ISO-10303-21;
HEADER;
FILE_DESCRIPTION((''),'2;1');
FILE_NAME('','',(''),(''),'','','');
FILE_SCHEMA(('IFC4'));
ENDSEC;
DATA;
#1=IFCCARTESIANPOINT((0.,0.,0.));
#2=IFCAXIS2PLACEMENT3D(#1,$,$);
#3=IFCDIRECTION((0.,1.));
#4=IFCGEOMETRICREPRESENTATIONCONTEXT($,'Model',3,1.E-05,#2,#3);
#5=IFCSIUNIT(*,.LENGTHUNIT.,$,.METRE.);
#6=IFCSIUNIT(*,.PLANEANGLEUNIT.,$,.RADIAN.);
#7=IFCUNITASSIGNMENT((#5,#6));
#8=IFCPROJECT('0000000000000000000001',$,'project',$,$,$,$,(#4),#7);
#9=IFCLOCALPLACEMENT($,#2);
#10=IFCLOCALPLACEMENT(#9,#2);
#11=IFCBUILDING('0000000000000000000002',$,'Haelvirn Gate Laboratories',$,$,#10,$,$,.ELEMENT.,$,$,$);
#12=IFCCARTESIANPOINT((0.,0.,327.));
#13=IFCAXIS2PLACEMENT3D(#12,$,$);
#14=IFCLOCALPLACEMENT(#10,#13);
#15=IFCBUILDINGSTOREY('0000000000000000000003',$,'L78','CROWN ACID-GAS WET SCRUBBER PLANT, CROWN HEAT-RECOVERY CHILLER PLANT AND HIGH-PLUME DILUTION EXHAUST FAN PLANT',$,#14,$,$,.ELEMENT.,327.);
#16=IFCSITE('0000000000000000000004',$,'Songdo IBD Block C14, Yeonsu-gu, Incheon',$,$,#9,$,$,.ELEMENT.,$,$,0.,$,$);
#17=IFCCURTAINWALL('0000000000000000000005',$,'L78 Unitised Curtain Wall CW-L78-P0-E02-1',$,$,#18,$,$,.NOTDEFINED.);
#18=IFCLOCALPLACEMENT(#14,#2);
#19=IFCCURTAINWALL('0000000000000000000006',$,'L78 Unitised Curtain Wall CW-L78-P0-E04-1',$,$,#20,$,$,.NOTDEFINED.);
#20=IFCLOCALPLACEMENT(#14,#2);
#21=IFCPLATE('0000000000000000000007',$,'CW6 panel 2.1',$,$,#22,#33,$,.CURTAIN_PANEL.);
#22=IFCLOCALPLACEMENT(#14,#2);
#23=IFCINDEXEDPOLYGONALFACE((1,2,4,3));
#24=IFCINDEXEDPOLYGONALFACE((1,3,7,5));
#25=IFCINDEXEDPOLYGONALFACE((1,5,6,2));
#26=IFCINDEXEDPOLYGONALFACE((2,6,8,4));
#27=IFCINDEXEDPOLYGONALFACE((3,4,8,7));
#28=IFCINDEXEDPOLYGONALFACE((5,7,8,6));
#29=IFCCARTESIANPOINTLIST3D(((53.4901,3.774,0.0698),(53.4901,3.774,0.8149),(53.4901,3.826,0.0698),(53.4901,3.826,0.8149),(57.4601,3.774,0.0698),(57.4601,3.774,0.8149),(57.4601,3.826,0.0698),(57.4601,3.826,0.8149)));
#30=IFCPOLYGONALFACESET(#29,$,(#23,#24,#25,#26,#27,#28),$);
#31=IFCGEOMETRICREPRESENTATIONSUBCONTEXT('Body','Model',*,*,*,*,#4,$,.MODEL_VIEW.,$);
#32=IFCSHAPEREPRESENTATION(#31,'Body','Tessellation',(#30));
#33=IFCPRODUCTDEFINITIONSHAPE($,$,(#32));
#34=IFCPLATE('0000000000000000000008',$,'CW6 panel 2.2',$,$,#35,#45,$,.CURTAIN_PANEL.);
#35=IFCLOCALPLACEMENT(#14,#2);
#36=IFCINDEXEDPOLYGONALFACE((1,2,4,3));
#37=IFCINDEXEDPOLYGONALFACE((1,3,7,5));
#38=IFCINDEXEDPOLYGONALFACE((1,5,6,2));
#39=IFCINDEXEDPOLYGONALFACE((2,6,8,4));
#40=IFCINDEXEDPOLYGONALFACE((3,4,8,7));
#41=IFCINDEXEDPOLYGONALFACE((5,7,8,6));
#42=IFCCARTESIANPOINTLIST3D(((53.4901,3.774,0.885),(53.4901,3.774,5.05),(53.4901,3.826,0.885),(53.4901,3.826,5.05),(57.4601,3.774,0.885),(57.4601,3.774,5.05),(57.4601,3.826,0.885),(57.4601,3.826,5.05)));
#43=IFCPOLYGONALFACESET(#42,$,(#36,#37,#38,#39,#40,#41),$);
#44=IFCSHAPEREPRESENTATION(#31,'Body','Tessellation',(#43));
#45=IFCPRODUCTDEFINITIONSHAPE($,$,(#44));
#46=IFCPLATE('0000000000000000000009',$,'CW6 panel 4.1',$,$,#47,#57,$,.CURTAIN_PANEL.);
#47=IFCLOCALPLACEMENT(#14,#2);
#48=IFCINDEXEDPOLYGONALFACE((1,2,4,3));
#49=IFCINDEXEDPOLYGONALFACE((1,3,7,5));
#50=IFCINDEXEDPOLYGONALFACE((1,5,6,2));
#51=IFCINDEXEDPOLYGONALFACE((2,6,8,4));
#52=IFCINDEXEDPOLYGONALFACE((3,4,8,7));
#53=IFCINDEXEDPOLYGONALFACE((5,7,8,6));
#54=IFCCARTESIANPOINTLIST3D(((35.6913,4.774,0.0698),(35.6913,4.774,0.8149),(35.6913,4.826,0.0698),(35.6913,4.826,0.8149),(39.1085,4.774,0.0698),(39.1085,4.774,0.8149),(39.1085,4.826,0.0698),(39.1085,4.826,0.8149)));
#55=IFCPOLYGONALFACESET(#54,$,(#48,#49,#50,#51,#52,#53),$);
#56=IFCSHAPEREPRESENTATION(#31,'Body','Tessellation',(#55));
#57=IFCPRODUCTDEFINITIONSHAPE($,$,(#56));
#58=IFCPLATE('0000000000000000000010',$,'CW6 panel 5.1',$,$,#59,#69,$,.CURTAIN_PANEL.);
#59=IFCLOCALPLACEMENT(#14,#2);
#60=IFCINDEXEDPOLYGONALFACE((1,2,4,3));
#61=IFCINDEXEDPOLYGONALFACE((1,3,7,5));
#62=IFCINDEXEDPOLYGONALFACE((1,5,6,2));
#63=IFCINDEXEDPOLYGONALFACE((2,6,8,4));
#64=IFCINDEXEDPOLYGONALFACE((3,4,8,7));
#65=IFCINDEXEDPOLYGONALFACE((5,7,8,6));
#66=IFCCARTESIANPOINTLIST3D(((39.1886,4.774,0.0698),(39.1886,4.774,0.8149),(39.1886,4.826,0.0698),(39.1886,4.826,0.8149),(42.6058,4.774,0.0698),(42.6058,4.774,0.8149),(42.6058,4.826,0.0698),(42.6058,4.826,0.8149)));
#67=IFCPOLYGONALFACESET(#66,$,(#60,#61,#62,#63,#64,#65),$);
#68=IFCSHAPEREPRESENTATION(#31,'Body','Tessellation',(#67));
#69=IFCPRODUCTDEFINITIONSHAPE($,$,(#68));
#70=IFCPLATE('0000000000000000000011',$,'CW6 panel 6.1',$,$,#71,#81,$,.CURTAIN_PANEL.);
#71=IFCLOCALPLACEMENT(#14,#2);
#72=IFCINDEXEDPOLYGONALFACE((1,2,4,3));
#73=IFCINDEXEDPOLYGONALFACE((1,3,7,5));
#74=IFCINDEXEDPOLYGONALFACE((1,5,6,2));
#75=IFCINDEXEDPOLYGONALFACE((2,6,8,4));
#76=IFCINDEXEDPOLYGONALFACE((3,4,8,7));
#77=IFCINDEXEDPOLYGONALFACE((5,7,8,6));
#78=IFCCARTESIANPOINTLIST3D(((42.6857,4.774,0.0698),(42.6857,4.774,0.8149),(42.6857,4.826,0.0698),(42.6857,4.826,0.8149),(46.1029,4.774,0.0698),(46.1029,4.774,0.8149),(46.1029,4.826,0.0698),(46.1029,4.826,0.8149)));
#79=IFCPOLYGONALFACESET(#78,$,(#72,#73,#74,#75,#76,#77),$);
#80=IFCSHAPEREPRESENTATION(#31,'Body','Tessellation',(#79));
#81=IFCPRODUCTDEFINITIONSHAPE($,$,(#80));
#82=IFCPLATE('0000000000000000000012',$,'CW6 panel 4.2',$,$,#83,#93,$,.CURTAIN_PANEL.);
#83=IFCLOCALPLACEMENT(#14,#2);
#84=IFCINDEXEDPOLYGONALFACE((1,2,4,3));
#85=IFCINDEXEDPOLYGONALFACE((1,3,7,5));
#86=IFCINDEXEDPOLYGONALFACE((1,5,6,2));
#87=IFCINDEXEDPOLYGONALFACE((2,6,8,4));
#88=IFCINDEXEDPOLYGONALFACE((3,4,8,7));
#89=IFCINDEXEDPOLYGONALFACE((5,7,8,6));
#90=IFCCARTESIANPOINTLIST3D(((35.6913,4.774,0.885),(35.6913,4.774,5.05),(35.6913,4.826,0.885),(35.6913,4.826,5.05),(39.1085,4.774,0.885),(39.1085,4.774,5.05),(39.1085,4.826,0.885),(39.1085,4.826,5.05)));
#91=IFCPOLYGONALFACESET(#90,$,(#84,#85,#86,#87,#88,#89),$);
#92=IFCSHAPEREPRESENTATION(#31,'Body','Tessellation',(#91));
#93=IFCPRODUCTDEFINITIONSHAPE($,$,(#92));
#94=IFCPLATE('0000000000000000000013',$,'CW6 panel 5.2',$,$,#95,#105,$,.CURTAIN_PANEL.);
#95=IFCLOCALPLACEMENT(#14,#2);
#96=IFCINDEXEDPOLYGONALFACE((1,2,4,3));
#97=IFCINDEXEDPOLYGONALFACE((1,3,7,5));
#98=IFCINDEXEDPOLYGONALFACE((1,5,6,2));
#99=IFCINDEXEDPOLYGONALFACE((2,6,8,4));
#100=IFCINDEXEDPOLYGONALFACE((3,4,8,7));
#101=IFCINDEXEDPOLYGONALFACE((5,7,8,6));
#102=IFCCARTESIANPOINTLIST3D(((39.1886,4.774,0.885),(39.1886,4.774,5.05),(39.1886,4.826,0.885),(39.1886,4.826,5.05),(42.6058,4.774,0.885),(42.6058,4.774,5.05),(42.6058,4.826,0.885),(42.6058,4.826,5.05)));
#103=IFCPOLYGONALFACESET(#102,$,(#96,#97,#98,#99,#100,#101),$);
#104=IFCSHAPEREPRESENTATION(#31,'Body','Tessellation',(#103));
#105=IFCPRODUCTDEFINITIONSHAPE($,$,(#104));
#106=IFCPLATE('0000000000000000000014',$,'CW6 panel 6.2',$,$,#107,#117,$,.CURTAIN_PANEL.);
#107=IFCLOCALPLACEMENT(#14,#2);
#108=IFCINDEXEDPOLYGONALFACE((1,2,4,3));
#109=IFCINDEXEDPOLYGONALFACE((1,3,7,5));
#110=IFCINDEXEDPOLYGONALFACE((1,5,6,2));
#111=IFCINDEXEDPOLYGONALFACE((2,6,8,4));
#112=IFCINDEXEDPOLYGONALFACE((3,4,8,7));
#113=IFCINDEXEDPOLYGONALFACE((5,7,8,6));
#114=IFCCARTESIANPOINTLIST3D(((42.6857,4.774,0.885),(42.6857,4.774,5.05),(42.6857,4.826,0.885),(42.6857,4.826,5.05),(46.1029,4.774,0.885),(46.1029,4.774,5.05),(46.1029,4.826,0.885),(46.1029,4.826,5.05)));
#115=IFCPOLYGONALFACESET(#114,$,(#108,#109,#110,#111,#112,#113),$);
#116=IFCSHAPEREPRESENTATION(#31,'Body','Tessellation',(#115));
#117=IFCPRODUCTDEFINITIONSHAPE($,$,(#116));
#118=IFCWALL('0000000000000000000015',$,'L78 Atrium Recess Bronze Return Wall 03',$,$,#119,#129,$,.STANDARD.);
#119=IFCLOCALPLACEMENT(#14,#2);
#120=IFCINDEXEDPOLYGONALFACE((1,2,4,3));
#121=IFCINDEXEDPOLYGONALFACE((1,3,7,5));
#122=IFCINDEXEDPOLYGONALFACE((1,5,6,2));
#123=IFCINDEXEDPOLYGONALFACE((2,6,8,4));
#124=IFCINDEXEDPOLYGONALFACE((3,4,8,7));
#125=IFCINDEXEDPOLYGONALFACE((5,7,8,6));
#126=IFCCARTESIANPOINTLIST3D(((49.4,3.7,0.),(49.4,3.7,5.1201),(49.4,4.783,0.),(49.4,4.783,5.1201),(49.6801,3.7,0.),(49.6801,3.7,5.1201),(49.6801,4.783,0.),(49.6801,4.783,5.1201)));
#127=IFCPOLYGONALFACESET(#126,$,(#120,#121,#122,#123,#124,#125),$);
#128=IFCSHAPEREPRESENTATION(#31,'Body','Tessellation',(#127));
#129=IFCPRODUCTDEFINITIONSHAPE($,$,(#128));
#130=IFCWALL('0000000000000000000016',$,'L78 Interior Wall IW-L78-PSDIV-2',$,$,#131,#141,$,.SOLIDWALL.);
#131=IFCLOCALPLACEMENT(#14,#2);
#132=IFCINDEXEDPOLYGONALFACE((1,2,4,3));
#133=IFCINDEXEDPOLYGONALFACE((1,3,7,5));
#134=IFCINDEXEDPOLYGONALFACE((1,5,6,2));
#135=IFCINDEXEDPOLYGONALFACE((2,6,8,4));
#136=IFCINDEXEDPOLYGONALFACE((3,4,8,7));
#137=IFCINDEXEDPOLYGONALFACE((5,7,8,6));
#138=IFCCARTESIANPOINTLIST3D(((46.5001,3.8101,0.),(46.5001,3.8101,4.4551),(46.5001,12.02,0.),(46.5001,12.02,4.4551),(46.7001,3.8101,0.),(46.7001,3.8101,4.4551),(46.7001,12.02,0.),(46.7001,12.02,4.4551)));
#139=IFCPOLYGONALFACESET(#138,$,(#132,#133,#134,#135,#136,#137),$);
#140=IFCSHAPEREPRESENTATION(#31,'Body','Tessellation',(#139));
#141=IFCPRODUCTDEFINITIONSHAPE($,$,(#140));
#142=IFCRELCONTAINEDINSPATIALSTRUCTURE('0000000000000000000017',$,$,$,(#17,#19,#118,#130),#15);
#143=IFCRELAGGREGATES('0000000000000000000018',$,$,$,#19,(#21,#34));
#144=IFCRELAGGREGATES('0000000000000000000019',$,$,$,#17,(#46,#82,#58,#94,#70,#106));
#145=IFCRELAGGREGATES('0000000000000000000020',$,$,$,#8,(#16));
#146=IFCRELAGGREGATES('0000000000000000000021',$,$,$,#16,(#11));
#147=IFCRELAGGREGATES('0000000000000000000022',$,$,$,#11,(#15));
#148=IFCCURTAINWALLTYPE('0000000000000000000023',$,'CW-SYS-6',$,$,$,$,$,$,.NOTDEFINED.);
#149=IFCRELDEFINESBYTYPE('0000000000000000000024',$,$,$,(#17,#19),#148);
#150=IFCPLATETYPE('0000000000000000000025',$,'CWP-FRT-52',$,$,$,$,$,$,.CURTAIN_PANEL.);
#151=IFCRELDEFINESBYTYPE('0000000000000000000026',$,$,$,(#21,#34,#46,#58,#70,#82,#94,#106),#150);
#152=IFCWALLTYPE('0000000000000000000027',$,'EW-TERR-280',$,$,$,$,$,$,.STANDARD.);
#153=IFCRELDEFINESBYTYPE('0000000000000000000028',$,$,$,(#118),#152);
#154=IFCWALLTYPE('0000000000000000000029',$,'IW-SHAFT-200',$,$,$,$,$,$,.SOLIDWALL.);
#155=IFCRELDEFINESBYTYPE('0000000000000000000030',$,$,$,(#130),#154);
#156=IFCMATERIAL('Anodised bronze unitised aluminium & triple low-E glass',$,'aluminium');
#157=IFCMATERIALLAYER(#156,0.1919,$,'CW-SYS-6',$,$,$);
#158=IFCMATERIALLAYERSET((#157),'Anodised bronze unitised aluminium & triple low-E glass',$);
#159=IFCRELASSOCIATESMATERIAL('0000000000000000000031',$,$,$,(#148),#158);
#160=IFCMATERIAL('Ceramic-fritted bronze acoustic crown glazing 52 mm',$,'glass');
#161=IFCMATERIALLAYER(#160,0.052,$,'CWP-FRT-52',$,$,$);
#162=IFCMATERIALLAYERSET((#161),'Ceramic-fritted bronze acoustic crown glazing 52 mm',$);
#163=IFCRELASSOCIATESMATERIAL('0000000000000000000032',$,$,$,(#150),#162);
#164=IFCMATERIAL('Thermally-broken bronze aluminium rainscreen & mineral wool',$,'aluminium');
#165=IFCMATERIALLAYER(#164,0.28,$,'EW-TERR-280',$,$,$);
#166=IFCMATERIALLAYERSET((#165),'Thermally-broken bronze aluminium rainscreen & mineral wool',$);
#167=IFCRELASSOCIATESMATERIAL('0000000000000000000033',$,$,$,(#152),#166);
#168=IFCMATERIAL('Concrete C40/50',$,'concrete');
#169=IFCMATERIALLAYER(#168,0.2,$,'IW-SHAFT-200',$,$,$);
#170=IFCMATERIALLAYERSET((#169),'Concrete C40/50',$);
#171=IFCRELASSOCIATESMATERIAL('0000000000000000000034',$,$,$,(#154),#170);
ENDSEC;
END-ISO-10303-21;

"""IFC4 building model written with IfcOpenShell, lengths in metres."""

from ifc_helpers import new_model, si_unit, direction, frame, frame_2d, origin, origin_2d, place, context, subcontext, project, spatial, rectangle, extrude, source, transform, mapped, material, layer, layer_set, type_object, element, aggregate, save


model = new_model("IFC4")

# Units and contexts
model_context = context("Model", 3, precision=1e-05, world=origin(), true_north=direction((0.0, 1.0)))
body_context = subcontext(model_context, "Body", "Model", "MODEL_VIEW")
ifc_project = project(units=[si_unit("LENGTHUNIT", "METRE"), si_unit("PLANEANGLEUNIT", "RADIAN")], contexts=[model_context])

# Site, building, storey
site_placement = place(None, origin())
site = spatial("IfcSite", under=ifc_project, at=site_placement, Name="Songdo IBD Block C14, Yeonsu-gu, Incheon", CompositionType="ELEMENT", RefElevation=0.0)
building_placement = place(site_placement, origin())
building = spatial("IfcBuilding", under=site, at=building_placement, Name="Haelvirn Gate Laboratories", CompositionType="ELEMENT")
storey_placement = place(building_placement, frame((0.0, 0.0, 327.0)))
storey = spatial("IfcBuildingStorey", under=building, at=storey_placement, Name="L78", Description="CROWN ACID-GAS WET SCRUBBER PLANT, CROWN HEAT-RECOVERY CHILLER PLANT AND HIGH-PLUME DILUTION EXHAUST FAN PLANT", CompositionType="ELEMENT", Elevation=327.0)

# Curtain walls
ifc_material_1 = material(Name="Anodised bronze unitised aluminium & triple low-E glass", Category="aluminium")
ifc_layer_1 = layer(ifc_material_1, 0.1919, Name="CW-SYS-6")
ifc_layer_set_1 = layer_set([ifc_layer_1], Name="Anodised bronze unitised aluminium & triple low-E glass")
curtain_wall_type = type_object("IfcCurtainWallType", Name="CW-SYS-6", PredefinedType="NOTDEFINED", material=ifc_layer_set_1)
curtain_wall_1_placement = place(storey_placement, origin())
curtain_wall_1 = element("IfcCurtainWall", 1, at=curtain_wall_1_placement, inside=storey, type_object=curtain_wall_type, Name="L78 Unitised Curtain Wall CW-L78-P0-E02-1", PredefinedType="NOTDEFINED")
curtain_wall_2_placement = place(storey_placement, origin())
curtain_wall_2 = element("IfcCurtainWall", 2, at=curtain_wall_2_placement, inside=storey, type_object=curtain_wall_type, Name="L78 Unitised Curtain Wall CW-L78-P0-E04-1", PredefinedType="NOTDEFINED")

# Plates
ifc_material_2 = material(Name="Ceramic-fritted bronze acoustic crown glazing 52 mm", Category="glass")
ifc_layer_2 = layer(ifc_material_2, 0.052, Name="CWP-FRT-52")
ifc_layer_set_2 = layer_set([ifc_layer_2], Name="Ceramic-fritted bronze acoustic crown glazing 52 mm")
plate_type = type_object("IfcPlateType", Name="CWP-FRT-52", PredefinedType="CURTAIN_PANEL", material=ifc_layer_set_2)
shared_shape_1 = source(origin(), body_context, "Body", "SweptSolid", [
    extrude(rectangle(XDim=3.97, YDim=0.052, at=origin_2d()), origin(), (0.0, 0.0, 1.0), 0.7451),
])
plate_1_placement = place(storey_placement, frame((55.4751, 3.8, 0.0698), z_axis=(0.0, 0.0, 1.0), x_axis=(1.0, 0.0, 0.0)))
plate_1 = element("IfcPlate", 3, at=plate_1_placement, type_object=plate_type, Name="CW6 panel 2.1", PredefinedType="CURTAIN_PANEL", context=body_context, shape_type="MappedRepresentation", body=[
    mapped(shared_shape_1, transform((0.0, 0.0, 0.0), scale=1.0)),
])
shared_shape_2 = source(origin(), body_context, "Body", "SweptSolid", [
    extrude(rectangle(XDim=3.97, YDim=0.052, at=origin_2d()), origin(), (0.0, 0.0, 1.0), 4.165),
])
plate_2_placement = place(storey_placement, frame((55.4751, 3.8, 0.885), z_axis=(0.0, 0.0, 1.0), x_axis=(1.0, 0.0, 0.0)))
plate_2 = element("IfcPlate", 4, at=plate_2_placement, type_object=plate_type, Name="CW6 panel 2.2", PredefinedType="CURTAIN_PANEL", context=body_context, shape_type="MappedRepresentation", body=[
    mapped(shared_shape_2, transform((0.0, 0.0, 0.0), scale=1.0)),
])
aggregate(curtain_wall_2, [plate_1, plate_2])
shared_shape_3 = source(origin(), body_context, "Body", "SweptSolid", [
    extrude(rectangle(XDim=3.4172, YDim=0.052, at=origin_2d()), origin(), (0.0, 0.0, 1.0), 0.7451),
])
plate_3_placement = place(storey_placement, frame((37.3999, 4.8, 0.0698), z_axis=(0.0, 0.0, 1.0), x_axis=(1.0, 0.0, 0.0)))
plate_3 = element("IfcPlate", 5, at=plate_3_placement, type_object=plate_type, Name="CW6 panel 4.1", PredefinedType="CURTAIN_PANEL", context=body_context, shape_type="MappedRepresentation", body=[
    mapped(shared_shape_3, transform((0.0, 0.0, 0.0), scale=1.0)),
])
plate_4_placement = place(storey_placement, frame((40.8972, 4.8, 0.0698), z_axis=(0.0, 0.0, 1.0), x_axis=(1.0, 0.0, 0.0)))
plate_4 = element("IfcPlate", 6, at=plate_4_placement, type_object=plate_type, Name="CW6 panel 5.1", PredefinedType="CURTAIN_PANEL", context=body_context, shape_type="MappedRepresentation", body=[
    mapped(shared_shape_3, transform((0.0, 0.0, 0.0), scale=1.0)),
])
plate_5_placement = place(storey_placement, frame((44.3943, 4.8, 0.0698), z_axis=(0.0, 0.0, 1.0), x_axis=(1.0, 0.0, 0.0)))
plate_5 = element("IfcPlate", 7, at=plate_5_placement, type_object=plate_type, Name="CW6 panel 6.1", PredefinedType="CURTAIN_PANEL", context=body_context, shape_type="MappedRepresentation", body=[
    mapped(shared_shape_3, transform((0.0, 0.0, 0.0), scale=1.0)),
])
shared_shape_4 = source(origin(), body_context, "Body", "SweptSolid", [
    extrude(rectangle(XDim=3.4172, YDim=0.052, at=origin_2d()), origin(), (0.0, 0.0, 1.0), 4.165),
])
plate_6_placement = place(storey_placement, frame((37.3999, 4.8, 0.885), z_axis=(0.0, 0.0, 1.0), x_axis=(1.0, 0.0, 0.0)))
plate_6 = element("IfcPlate", 8, at=plate_6_placement, type_object=plate_type, Name="CW6 panel 4.2", PredefinedType="CURTAIN_PANEL", context=body_context, shape_type="MappedRepresentation", body=[
    mapped(shared_shape_4, transform((0.0, 0.0, 0.0), scale=1.0)),
])
plate_7_placement = place(storey_placement, frame((40.8972, 4.8, 0.885), z_axis=(0.0, 0.0, 1.0), x_axis=(1.0, 0.0, 0.0)))
plate_7 = element("IfcPlate", 9, at=plate_7_placement, type_object=plate_type, Name="CW6 panel 5.2", PredefinedType="CURTAIN_PANEL", context=body_context, shape_type="MappedRepresentation", body=[
    mapped(shared_shape_4, transform((0.0, 0.0, 0.0), scale=1.0)),
])
plate_8_placement = place(storey_placement, frame((44.3943, 4.8, 0.885), z_axis=(0.0, 0.0, 1.0), x_axis=(1.0, 0.0, 0.0)))
plate_8 = element("IfcPlate", 10, at=plate_8_placement, type_object=plate_type, Name="CW6 panel 6.2", PredefinedType="CURTAIN_PANEL", context=body_context, shape_type="MappedRepresentation", body=[
    mapped(shared_shape_4, transform((0.0, 0.0, 0.0), scale=1.0)),
])
aggregate(curtain_wall_1, [plate_3, plate_6, plate_4, plate_7, plate_5, plate_8])

# Walls
ifc_material_3 = material(Name="Thermally-broken bronze aluminium rainscreen & mineral wool", Category="aluminium")
ifc_layer_3 = layer(ifc_material_3, 0.28, Name="EW-TERR-280")
ifc_layer_set_3 = layer_set([ifc_layer_3], Name="Thermally-broken bronze aluminium rainscreen & mineral wool")
wall_type_1 = type_object("IfcWallType", Name="EW-TERR-280", PredefinedType="STANDARD", material=ifc_layer_set_3)
wall_1_placement = place(storey_placement, frame((49.54, 4.783, 0.0), z_axis=(0.0, 0.0, 1.0), x_axis=(0.0, -1.0, 0.0)))
element("IfcWall", 11, at=wall_1_placement, inside=storey, type_object=wall_type_1, Name="L78 Atrium Recess Bronze Return Wall 03", PredefinedType="STANDARD", context=body_context, shape_type="SweptSolid", body=[
    extrude(rectangle(XDim=1.083, YDim=0.28, at=frame_2d((0.5415, 0.0))), origin(), (0.0, 0.0, 1.0), 5.1201),
])
ifc_material_4 = material(Name="Concrete C40/50", Category="concrete")
ifc_layer_4 = layer(ifc_material_4, 0.2, Name="IW-SHAFT-200")
ifc_layer_set_4 = layer_set([ifc_layer_4], Name="Concrete C40/50")
wall_type_2 = type_object("IfcWallType", Name="IW-SHAFT-200", PredefinedType="SOLIDWALL", material=ifc_layer_set_4)
wall_2_placement = place(storey_placement, frame((46.6001, 3.8101, 0.0), z_axis=(0.0, 0.0, 1.0), x_axis=(0.0, 1.0, 0.0)))
element("IfcWall", 12, at=wall_2_placement, inside=storey, type_object=wall_type_2, Name="L78 Interior Wall IW-L78-PSDIV-2", PredefinedType="SOLIDWALL", context=body_context, shape_type="SweptSolid", body=[
    extrude(rectangle(XDim=8.21, YDim=0.2, at=frame_2d((4.105, 0.0))), origin(), (0.0, 0.0, 1.0), 4.4551),
])

save(model, "model.ifc")
